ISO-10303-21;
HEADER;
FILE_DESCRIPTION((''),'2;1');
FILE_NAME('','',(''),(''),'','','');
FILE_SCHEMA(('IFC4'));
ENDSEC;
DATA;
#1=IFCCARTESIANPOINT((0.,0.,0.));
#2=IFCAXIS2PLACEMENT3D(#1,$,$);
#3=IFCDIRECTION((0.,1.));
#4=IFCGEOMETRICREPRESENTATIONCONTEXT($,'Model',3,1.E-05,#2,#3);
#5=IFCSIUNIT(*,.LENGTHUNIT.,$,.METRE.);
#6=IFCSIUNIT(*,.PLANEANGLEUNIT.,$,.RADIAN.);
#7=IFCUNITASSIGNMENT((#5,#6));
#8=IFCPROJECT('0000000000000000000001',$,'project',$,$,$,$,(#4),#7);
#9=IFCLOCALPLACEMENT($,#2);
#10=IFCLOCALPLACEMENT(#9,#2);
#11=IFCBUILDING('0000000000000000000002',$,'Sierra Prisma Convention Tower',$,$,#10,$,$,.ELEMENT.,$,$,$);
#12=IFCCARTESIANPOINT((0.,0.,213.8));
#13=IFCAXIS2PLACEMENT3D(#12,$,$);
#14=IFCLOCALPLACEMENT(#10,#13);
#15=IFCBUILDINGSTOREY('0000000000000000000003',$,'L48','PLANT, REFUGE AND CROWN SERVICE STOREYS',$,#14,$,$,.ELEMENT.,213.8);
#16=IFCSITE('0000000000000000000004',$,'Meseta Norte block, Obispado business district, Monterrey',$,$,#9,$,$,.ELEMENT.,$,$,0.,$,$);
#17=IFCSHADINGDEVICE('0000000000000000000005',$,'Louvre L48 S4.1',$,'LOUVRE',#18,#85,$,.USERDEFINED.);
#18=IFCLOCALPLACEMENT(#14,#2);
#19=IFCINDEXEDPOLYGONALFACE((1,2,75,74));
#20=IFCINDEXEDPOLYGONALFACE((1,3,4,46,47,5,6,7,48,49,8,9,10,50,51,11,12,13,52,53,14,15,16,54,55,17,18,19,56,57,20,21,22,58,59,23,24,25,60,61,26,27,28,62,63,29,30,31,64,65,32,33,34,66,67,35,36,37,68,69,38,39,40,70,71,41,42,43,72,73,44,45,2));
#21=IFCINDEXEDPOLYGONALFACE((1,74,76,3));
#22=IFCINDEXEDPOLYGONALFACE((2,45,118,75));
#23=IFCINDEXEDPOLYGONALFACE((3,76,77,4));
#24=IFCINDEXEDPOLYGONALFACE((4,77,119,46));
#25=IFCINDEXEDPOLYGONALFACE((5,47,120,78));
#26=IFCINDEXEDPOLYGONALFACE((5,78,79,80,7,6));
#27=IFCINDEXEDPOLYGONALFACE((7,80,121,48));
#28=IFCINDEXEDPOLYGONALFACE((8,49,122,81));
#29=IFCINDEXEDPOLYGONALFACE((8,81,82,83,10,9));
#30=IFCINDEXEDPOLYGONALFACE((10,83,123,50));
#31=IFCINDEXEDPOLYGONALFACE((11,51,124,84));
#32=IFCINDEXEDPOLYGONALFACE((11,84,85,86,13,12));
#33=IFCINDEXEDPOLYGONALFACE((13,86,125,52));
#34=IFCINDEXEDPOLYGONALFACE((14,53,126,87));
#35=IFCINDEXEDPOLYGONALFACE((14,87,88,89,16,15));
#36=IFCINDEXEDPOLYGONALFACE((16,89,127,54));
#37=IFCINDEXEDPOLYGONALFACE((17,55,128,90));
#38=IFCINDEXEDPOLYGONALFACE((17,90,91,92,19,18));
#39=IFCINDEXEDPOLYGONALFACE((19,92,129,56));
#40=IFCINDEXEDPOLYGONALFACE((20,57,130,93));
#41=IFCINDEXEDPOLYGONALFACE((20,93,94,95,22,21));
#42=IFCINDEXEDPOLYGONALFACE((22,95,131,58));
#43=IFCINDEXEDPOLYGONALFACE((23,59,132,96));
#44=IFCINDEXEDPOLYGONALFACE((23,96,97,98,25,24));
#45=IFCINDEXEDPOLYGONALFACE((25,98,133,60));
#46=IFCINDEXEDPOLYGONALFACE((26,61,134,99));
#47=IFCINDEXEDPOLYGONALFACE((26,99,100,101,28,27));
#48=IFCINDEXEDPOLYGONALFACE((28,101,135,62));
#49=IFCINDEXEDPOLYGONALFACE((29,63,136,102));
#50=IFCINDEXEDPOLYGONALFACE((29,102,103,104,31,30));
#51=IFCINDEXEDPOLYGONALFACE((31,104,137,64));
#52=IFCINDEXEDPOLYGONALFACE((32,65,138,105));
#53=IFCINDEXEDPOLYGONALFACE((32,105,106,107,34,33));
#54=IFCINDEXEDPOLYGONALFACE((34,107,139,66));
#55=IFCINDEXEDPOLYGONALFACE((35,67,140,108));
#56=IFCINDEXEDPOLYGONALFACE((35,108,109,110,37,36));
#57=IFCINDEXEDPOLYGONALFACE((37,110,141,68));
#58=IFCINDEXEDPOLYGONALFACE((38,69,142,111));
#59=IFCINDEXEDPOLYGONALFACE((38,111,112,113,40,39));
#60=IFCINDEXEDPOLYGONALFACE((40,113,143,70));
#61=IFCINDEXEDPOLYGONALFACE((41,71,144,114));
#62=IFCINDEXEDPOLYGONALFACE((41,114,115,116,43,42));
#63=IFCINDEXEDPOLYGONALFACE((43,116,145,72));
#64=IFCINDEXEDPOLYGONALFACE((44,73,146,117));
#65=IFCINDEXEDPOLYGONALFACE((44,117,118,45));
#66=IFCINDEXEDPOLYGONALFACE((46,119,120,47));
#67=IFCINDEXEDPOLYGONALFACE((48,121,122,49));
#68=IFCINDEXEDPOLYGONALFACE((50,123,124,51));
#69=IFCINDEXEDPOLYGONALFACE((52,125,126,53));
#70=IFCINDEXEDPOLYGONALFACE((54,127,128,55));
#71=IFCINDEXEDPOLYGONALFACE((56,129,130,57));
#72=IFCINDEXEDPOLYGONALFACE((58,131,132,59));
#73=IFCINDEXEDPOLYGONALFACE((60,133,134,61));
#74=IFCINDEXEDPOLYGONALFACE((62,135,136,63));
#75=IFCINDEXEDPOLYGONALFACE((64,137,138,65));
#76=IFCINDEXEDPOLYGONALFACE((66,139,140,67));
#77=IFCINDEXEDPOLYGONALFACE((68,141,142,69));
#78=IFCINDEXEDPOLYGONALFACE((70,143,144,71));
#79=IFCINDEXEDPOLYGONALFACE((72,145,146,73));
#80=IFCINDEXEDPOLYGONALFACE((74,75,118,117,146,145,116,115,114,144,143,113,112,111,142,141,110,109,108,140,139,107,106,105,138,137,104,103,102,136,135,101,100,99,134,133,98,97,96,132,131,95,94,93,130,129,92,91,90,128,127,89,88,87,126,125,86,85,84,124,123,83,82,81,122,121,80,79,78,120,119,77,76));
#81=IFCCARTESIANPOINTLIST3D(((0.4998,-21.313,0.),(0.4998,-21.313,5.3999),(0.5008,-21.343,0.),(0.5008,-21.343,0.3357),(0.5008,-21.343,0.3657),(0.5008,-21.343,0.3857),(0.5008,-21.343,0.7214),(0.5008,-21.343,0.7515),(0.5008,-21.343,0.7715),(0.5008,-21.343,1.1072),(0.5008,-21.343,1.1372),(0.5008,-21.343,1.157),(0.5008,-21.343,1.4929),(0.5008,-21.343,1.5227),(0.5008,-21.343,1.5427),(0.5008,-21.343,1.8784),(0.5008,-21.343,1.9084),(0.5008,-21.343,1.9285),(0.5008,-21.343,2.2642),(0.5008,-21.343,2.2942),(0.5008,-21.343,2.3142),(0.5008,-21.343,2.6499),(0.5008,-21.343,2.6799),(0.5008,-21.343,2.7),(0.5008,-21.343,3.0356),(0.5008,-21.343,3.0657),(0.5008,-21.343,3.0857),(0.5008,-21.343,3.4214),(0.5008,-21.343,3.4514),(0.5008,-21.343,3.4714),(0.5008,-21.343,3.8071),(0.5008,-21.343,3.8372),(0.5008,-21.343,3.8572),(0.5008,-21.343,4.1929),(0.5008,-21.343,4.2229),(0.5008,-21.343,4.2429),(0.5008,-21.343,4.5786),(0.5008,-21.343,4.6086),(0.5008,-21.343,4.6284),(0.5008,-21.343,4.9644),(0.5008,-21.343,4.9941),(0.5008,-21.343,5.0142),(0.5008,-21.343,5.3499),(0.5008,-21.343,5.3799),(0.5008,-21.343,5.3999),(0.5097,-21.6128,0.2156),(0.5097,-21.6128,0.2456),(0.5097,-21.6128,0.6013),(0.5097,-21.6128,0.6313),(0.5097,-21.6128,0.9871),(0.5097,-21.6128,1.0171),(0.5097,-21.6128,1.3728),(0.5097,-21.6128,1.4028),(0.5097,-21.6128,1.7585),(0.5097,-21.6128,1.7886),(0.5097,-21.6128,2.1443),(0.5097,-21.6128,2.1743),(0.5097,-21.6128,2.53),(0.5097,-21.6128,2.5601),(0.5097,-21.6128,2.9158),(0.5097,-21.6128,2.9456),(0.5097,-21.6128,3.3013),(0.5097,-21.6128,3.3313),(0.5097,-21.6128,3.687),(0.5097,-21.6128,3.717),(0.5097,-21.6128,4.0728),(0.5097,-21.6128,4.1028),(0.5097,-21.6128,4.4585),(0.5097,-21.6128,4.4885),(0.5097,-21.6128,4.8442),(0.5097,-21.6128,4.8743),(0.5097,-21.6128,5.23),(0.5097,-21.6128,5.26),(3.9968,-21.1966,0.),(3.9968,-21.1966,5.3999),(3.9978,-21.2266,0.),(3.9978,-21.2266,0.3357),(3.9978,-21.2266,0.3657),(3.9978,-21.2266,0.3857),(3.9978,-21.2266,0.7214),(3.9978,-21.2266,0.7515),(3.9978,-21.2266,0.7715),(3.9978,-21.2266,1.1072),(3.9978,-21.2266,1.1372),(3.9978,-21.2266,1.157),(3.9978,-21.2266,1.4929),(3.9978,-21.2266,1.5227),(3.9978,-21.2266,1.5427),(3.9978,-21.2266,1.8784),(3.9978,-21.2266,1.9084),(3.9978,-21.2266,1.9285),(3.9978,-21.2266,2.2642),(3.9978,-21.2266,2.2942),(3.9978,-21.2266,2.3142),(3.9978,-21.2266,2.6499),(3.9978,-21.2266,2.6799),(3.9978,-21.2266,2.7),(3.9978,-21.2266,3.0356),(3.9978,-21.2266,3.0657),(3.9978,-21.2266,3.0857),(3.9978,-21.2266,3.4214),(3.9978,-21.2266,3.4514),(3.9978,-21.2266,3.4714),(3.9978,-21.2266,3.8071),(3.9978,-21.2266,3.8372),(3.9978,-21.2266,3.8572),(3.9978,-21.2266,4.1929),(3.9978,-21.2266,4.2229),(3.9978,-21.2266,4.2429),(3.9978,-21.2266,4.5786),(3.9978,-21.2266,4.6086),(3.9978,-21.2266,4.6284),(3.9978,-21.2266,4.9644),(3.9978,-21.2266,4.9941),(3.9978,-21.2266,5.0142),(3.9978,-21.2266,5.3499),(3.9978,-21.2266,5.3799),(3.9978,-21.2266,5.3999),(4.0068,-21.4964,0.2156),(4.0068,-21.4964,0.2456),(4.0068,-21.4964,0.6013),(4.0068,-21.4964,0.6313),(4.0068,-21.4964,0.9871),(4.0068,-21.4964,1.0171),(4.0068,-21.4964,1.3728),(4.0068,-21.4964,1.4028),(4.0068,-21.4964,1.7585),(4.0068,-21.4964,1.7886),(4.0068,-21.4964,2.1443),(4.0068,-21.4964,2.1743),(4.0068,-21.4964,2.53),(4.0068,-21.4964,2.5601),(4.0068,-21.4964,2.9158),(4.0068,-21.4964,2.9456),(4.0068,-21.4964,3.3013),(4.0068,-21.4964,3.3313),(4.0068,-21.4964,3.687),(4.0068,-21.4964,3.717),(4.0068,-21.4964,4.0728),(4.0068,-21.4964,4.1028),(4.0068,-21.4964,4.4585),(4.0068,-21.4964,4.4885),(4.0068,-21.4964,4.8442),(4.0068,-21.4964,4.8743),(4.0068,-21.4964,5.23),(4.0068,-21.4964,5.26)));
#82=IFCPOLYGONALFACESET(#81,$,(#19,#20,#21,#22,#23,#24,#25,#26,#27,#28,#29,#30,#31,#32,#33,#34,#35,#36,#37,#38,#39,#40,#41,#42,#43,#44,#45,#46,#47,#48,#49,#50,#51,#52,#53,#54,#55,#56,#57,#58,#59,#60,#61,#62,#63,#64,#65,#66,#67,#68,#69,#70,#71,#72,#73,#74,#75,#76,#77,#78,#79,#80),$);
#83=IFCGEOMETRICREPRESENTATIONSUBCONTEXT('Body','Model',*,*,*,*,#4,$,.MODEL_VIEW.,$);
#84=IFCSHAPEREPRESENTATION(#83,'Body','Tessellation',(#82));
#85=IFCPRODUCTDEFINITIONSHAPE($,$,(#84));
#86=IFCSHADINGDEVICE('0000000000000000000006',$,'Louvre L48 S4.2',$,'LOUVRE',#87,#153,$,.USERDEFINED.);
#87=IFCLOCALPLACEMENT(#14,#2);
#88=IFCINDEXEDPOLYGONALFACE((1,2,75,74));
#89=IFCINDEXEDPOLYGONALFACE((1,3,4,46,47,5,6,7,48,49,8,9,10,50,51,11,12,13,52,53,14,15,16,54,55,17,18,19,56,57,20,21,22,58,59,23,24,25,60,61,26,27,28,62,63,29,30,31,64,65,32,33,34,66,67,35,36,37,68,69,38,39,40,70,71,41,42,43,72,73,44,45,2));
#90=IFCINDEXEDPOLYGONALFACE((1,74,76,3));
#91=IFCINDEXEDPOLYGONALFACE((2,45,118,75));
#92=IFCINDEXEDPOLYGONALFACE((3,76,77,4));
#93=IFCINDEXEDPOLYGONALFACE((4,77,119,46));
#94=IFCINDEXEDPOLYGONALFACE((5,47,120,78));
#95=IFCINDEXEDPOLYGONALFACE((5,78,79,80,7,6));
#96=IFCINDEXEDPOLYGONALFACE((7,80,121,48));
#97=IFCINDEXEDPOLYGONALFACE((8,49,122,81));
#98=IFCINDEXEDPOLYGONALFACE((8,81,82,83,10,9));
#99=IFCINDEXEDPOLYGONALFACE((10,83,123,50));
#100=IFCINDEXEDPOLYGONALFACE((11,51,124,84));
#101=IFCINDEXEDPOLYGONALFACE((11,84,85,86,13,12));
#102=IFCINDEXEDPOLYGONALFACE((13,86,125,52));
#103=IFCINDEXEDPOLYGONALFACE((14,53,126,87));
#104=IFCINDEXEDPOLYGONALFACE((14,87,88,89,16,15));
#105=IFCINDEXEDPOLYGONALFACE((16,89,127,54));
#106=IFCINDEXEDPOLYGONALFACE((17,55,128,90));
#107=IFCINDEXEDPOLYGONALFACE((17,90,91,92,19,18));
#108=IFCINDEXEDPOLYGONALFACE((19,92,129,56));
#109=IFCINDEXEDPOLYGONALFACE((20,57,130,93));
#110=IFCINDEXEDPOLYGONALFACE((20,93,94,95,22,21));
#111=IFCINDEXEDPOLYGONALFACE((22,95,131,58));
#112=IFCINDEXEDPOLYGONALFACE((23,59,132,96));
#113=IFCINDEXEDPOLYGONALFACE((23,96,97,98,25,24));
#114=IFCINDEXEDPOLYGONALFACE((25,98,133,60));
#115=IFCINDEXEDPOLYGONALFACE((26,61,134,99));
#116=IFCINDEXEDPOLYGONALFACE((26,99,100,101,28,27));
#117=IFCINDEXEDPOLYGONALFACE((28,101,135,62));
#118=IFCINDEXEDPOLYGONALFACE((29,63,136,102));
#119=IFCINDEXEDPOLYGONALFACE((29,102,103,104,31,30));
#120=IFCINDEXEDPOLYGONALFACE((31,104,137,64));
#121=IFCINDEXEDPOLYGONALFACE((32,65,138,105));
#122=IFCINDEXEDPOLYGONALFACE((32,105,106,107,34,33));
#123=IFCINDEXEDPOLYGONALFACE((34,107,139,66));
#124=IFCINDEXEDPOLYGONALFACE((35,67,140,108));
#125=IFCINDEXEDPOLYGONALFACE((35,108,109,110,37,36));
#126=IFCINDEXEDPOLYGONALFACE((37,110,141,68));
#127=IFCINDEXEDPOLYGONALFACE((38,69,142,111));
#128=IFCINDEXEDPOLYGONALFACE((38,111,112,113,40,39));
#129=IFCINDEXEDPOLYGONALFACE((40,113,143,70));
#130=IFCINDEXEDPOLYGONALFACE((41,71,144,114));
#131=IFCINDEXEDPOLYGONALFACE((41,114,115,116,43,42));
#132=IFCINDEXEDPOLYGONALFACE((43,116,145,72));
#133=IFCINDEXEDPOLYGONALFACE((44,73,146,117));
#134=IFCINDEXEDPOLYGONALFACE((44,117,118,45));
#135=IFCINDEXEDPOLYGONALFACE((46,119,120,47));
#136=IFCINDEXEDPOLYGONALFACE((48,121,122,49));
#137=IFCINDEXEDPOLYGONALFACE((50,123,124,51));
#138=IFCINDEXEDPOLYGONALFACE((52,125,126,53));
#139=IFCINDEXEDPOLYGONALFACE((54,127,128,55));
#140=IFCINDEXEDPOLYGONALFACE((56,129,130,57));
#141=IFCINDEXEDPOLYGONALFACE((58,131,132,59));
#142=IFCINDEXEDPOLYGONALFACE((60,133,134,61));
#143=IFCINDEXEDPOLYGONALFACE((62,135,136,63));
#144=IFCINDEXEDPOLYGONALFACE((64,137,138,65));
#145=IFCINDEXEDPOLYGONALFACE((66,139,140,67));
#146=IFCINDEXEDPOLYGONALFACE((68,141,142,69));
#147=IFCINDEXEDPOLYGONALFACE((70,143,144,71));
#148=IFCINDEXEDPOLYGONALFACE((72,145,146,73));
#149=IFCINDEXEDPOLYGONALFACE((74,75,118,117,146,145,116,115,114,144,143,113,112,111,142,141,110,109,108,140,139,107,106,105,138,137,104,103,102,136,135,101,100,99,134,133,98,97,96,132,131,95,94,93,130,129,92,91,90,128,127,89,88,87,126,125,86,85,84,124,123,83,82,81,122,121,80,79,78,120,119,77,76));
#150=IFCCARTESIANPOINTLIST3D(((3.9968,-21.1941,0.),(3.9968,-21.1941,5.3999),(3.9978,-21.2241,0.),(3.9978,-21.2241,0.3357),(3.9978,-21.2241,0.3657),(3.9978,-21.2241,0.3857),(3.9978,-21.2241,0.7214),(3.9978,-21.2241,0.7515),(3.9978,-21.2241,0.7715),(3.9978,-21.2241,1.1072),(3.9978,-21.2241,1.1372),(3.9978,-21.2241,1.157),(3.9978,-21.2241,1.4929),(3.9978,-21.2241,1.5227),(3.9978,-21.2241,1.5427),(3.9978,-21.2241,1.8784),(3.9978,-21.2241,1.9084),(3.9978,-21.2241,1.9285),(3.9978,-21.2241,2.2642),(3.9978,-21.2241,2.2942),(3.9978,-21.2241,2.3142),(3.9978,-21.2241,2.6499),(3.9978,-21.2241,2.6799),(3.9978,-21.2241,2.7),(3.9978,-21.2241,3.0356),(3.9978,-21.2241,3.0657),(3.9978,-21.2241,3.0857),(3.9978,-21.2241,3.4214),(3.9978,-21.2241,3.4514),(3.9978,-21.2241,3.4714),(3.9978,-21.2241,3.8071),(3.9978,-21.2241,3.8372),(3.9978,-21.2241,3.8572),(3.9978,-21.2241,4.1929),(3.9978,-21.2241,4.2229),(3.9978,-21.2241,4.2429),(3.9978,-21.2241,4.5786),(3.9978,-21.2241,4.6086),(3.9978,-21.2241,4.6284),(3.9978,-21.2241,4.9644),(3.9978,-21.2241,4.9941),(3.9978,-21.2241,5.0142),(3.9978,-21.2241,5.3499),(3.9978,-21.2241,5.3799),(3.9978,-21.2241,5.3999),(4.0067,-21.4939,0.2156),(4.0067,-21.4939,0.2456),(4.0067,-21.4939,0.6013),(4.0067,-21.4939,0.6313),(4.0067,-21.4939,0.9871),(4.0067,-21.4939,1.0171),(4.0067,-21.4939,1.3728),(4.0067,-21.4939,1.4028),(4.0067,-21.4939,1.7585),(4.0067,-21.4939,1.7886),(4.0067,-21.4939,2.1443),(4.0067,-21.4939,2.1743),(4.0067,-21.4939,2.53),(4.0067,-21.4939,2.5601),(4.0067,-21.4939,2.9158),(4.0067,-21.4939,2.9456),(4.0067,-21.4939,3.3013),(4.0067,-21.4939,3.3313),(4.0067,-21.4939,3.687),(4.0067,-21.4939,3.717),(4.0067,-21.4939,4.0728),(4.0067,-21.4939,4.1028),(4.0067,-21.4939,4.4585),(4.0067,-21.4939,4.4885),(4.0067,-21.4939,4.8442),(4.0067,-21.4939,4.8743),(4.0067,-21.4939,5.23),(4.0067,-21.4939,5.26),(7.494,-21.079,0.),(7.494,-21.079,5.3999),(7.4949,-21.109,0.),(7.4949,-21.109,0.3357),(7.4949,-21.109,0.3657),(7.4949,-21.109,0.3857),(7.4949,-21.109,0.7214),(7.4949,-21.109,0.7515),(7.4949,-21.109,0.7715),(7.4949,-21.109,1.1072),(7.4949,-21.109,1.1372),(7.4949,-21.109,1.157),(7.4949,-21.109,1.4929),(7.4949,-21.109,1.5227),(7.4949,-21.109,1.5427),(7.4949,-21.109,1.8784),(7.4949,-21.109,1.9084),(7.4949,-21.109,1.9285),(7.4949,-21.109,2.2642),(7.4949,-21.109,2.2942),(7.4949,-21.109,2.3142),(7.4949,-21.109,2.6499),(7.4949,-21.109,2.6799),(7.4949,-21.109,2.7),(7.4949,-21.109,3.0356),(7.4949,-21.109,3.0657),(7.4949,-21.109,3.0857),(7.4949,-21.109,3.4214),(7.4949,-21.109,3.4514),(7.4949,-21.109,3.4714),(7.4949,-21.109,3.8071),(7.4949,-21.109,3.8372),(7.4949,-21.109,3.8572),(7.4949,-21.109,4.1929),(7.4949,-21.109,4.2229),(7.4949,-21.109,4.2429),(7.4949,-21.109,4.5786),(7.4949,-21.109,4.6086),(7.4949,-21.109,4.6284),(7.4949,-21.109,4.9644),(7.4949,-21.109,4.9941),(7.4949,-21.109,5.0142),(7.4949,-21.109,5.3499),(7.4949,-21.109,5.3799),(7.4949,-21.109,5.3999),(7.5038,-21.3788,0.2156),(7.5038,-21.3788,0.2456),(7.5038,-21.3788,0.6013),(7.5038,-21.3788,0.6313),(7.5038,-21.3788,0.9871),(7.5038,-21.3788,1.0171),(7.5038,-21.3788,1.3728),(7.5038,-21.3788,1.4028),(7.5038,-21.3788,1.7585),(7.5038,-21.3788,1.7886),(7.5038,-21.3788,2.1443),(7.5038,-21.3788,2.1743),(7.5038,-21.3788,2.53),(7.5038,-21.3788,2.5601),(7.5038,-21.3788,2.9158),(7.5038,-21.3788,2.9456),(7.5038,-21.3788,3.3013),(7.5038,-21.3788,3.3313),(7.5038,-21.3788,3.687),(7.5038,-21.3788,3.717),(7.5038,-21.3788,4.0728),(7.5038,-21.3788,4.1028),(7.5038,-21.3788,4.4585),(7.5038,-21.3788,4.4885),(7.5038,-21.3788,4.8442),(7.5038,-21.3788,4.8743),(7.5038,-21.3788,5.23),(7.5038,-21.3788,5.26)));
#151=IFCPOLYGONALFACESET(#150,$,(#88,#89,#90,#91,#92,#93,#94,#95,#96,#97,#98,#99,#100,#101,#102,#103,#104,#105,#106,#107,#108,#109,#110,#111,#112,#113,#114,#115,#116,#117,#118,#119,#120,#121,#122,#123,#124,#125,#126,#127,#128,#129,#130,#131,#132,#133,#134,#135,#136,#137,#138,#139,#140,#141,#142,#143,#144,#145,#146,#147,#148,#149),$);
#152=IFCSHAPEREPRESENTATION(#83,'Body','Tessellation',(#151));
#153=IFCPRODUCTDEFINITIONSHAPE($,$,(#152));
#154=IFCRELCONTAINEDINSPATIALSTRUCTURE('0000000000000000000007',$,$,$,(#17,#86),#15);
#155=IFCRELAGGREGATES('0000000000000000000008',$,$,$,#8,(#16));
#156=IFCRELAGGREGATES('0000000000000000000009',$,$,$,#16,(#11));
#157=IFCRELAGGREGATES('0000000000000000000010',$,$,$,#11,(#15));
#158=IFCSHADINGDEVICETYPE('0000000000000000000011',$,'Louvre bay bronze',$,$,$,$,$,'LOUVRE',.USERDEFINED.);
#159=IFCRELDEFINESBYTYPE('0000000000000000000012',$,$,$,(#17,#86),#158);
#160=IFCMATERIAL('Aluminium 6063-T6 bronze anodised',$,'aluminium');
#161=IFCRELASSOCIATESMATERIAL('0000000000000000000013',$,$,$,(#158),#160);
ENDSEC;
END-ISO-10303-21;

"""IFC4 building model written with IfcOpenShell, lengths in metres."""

from ifc_helpers import new_model, si_unit, direction, frame, origin, place, context, subcontext, project, spatial, polyline, outline, extrude, material, type_object, element, save


model = new_model("IFC4")

# Units and contexts
model_context = context("Model", 3, precision=1e-05, world=origin(), true_north=direction((0.0, 1.0)))
body_context = subcontext(model_context, "Body", "Model", "MODEL_VIEW")
ifc_project = project(units=[si_unit("LENGTHUNIT", "METRE"), si_unit("PLANEANGLEUNIT", "RADIAN")], contexts=[model_context])

# Site, building, storey
site_placement = place(None, origin())
site = spatial("IfcSite", under=ifc_project, at=site_placement, Name="Meseta Norte block, Obispado business district, Monterrey", CompositionType="ELEMENT", RefElevation=0.0)
building_placement = place(site_placement, origin())
building = spatial("IfcBuilding", under=site, at=building_placement, Name="Sierra Prisma Convention Tower", CompositionType="ELEMENT")
storey_placement = place(building_placement, frame((0.0, 0.0, 213.8)))
storey = spatial("IfcBuildingStorey", under=building, at=storey_placement, Name="L48", Description="PLANT, REFUGE AND CROWN SERVICE STOREYS", CompositionType="ELEMENT", Elevation=213.8)

# Shading devices
ifc_material_1 = material(Name="Aluminium 6063-T6 bronze anodised", Category="aluminium")
shading_device_type = type_object("IfcShadingDeviceType", Name="Louvre bay bronze", ElementType="LOUVRE", PredefinedType="USERDEFINED", material=ifc_material_1)
shading_device_1_placement = place(storey_placement, frame((0.4998, -21.313, 0.0), z_axis=(-0.999446, -0.033271, 0.0), x_axis=(0.0, 0.0, 1.0)))
element("IfcShadingDevice", 1, at=shading_device_1_placement, inside=storey, type_object=shading_device_type, Name="Louvre L48 S4.1", ObjectType="LOUVRE", PredefinedType="USERDEFINED", context=body_context, shape_type="SweptSolid", body=[
    extrude(outline(polyline([(0.0, 0.0), (5.3999, 0.0), (5.3999, -0.03), (5.3799, -0.03), (5.26, -0.3), (5.23, -0.3), (5.3499, -0.03), (5.0142, -0.03), (4.9941, -0.03), (4.8743, -0.3), (4.8442, -0.3), (4.9644, -0.03), (4.6284, -0.03), (4.6086, -0.03), (4.4885, -0.3), (4.4585, -0.3), (4.5786, -0.03), (4.2429, -0.03), (4.2229, -0.03), (4.1028, -0.3), (4.0728, -0.3), (4.1929, -0.03), (3.8572, -0.03), (3.8372, -0.03), (3.717, -0.3), (3.687, -0.3), (3.8071, -0.03), (3.4714, -0.03), (3.4514, -0.03), (3.3313, -0.3), (3.3013, -0.3), (3.4214, -0.03), (3.0857, -0.03), (3.0657, -0.03), (2.9456, -0.3), (2.9158, -0.3), (3.0356, -0.03), (2.7, -0.03), (2.6799, -0.03), (2.5601, -0.3), (2.53, -0.3), (2.6499, -0.03), (2.3142, -0.03), (2.2942, -0.03), (2.1743, -0.3), (2.1443, -0.3), (2.2642, -0.03), (1.9285, -0.03), (1.9084, -0.03), (1.7886, -0.3), (1.7585, -0.3), (1.8784, -0.03), (1.5427, -0.03), (1.5227, -0.03), (1.4028, -0.3), (1.3728, -0.3), (1.4929, -0.03), (1.157, -0.03), (1.1372, -0.03), (1.0171, -0.3), (0.9871, -0.3), (1.1072, -0.03), (0.7715, -0.03), (0.7515, -0.03), (0.6313, -0.3), (0.6013, -0.3), (0.7214, -0.03), (0.3857, -0.03), (0.3657, -0.03), (0.2456, -0.3), (0.2156, -0.3), (0.3357, -0.03), (0.0, -0.03), (0.0, 0.0)])), origin(), (0.0, 0.0, -1.0), 3.499),
])
shading_device_2_placement = place(storey_placement, frame((3.9968, -21.1941, 0.0), z_axis=(-0.999459, -0.032899, 0.0), x_axis=(0.0, 0.0, 1.0)))
element("IfcShadingDevice", 2, at=shading_device_2_placement, inside=storey, type_object=shading_device_type, Name="Louvre L48 S4.2", ObjectType="LOUVRE", PredefinedType="USERDEFINED", context=body_context, shape_type="SweptSolid", body=[
    extrude(outline(polyline([(0.0, 0.0), (5.3999, 0.0), (5.3999, -0.03), (5.3799, -0.03), (5.26, -0.3), (5.23, -0.3), (5.3499, -0.03), (5.0142, -0.03), (4.9941, -0.03), (4.8743, -0.3), (4.8442, -0.3), (4.9644, -0.03), (4.6284, -0.03), (4.6086, -0.03), (4.4885, -0.3), (4.4585, -0.3), (4.5786, -0.03), (4.2429, -0.03), (4.2229, -0.03), (4.1028, -0.3), (4.0728, -0.3), (4.1929, -0.03), (3.8572, -0.03), (3.8372, -0.03), (3.717, -0.3), (3.687, -0.3), (3.8071, -0.03), (3.4714, -0.03), (3.4514, -0.03), (3.3313, -0.3), (3.3013, -0.3), (3.4214, -0.03), (3.0857, -0.03), (3.0657, -0.03), (2.9456, -0.3), (2.9158, -0.3), (3.0356, -0.03), (2.7, -0.03), (2.6799, -0.03), (2.5601, -0.3), (2.53, -0.3), (2.6499, -0.03), (2.3142, -0.03), (2.2942, -0.03), (2.1743, -0.3), (2.1443, -0.3), (2.2642, -0.03), (1.9285, -0.03), (1.9084, -0.03), (1.7886, -0.3), (1.7585, -0.3), (1.8784, -0.03), (1.5427, -0.03), (1.5227, -0.03), (1.4028, -0.3), (1.3728, -0.3), (1.4929, -0.03), (1.157, -0.03), (1.1372, -0.03), (1.0171, -0.3), (0.9871, -0.3), (1.1072, -0.03), (0.7715, -0.03), (0.7515, -0.03), (0.6313, -0.3), (0.6013, -0.3), (0.7214, -0.03), (0.3857, -0.03), (0.3657, -0.03), (0.2456, -0.3), (0.2156, -0.3), (0.3357, -0.03), (0.0, -0.03), (0.0, 0.0)])), origin(), (0.0, 0.0, -1.0), 3.499),
])

save(model, "model.ifc")
